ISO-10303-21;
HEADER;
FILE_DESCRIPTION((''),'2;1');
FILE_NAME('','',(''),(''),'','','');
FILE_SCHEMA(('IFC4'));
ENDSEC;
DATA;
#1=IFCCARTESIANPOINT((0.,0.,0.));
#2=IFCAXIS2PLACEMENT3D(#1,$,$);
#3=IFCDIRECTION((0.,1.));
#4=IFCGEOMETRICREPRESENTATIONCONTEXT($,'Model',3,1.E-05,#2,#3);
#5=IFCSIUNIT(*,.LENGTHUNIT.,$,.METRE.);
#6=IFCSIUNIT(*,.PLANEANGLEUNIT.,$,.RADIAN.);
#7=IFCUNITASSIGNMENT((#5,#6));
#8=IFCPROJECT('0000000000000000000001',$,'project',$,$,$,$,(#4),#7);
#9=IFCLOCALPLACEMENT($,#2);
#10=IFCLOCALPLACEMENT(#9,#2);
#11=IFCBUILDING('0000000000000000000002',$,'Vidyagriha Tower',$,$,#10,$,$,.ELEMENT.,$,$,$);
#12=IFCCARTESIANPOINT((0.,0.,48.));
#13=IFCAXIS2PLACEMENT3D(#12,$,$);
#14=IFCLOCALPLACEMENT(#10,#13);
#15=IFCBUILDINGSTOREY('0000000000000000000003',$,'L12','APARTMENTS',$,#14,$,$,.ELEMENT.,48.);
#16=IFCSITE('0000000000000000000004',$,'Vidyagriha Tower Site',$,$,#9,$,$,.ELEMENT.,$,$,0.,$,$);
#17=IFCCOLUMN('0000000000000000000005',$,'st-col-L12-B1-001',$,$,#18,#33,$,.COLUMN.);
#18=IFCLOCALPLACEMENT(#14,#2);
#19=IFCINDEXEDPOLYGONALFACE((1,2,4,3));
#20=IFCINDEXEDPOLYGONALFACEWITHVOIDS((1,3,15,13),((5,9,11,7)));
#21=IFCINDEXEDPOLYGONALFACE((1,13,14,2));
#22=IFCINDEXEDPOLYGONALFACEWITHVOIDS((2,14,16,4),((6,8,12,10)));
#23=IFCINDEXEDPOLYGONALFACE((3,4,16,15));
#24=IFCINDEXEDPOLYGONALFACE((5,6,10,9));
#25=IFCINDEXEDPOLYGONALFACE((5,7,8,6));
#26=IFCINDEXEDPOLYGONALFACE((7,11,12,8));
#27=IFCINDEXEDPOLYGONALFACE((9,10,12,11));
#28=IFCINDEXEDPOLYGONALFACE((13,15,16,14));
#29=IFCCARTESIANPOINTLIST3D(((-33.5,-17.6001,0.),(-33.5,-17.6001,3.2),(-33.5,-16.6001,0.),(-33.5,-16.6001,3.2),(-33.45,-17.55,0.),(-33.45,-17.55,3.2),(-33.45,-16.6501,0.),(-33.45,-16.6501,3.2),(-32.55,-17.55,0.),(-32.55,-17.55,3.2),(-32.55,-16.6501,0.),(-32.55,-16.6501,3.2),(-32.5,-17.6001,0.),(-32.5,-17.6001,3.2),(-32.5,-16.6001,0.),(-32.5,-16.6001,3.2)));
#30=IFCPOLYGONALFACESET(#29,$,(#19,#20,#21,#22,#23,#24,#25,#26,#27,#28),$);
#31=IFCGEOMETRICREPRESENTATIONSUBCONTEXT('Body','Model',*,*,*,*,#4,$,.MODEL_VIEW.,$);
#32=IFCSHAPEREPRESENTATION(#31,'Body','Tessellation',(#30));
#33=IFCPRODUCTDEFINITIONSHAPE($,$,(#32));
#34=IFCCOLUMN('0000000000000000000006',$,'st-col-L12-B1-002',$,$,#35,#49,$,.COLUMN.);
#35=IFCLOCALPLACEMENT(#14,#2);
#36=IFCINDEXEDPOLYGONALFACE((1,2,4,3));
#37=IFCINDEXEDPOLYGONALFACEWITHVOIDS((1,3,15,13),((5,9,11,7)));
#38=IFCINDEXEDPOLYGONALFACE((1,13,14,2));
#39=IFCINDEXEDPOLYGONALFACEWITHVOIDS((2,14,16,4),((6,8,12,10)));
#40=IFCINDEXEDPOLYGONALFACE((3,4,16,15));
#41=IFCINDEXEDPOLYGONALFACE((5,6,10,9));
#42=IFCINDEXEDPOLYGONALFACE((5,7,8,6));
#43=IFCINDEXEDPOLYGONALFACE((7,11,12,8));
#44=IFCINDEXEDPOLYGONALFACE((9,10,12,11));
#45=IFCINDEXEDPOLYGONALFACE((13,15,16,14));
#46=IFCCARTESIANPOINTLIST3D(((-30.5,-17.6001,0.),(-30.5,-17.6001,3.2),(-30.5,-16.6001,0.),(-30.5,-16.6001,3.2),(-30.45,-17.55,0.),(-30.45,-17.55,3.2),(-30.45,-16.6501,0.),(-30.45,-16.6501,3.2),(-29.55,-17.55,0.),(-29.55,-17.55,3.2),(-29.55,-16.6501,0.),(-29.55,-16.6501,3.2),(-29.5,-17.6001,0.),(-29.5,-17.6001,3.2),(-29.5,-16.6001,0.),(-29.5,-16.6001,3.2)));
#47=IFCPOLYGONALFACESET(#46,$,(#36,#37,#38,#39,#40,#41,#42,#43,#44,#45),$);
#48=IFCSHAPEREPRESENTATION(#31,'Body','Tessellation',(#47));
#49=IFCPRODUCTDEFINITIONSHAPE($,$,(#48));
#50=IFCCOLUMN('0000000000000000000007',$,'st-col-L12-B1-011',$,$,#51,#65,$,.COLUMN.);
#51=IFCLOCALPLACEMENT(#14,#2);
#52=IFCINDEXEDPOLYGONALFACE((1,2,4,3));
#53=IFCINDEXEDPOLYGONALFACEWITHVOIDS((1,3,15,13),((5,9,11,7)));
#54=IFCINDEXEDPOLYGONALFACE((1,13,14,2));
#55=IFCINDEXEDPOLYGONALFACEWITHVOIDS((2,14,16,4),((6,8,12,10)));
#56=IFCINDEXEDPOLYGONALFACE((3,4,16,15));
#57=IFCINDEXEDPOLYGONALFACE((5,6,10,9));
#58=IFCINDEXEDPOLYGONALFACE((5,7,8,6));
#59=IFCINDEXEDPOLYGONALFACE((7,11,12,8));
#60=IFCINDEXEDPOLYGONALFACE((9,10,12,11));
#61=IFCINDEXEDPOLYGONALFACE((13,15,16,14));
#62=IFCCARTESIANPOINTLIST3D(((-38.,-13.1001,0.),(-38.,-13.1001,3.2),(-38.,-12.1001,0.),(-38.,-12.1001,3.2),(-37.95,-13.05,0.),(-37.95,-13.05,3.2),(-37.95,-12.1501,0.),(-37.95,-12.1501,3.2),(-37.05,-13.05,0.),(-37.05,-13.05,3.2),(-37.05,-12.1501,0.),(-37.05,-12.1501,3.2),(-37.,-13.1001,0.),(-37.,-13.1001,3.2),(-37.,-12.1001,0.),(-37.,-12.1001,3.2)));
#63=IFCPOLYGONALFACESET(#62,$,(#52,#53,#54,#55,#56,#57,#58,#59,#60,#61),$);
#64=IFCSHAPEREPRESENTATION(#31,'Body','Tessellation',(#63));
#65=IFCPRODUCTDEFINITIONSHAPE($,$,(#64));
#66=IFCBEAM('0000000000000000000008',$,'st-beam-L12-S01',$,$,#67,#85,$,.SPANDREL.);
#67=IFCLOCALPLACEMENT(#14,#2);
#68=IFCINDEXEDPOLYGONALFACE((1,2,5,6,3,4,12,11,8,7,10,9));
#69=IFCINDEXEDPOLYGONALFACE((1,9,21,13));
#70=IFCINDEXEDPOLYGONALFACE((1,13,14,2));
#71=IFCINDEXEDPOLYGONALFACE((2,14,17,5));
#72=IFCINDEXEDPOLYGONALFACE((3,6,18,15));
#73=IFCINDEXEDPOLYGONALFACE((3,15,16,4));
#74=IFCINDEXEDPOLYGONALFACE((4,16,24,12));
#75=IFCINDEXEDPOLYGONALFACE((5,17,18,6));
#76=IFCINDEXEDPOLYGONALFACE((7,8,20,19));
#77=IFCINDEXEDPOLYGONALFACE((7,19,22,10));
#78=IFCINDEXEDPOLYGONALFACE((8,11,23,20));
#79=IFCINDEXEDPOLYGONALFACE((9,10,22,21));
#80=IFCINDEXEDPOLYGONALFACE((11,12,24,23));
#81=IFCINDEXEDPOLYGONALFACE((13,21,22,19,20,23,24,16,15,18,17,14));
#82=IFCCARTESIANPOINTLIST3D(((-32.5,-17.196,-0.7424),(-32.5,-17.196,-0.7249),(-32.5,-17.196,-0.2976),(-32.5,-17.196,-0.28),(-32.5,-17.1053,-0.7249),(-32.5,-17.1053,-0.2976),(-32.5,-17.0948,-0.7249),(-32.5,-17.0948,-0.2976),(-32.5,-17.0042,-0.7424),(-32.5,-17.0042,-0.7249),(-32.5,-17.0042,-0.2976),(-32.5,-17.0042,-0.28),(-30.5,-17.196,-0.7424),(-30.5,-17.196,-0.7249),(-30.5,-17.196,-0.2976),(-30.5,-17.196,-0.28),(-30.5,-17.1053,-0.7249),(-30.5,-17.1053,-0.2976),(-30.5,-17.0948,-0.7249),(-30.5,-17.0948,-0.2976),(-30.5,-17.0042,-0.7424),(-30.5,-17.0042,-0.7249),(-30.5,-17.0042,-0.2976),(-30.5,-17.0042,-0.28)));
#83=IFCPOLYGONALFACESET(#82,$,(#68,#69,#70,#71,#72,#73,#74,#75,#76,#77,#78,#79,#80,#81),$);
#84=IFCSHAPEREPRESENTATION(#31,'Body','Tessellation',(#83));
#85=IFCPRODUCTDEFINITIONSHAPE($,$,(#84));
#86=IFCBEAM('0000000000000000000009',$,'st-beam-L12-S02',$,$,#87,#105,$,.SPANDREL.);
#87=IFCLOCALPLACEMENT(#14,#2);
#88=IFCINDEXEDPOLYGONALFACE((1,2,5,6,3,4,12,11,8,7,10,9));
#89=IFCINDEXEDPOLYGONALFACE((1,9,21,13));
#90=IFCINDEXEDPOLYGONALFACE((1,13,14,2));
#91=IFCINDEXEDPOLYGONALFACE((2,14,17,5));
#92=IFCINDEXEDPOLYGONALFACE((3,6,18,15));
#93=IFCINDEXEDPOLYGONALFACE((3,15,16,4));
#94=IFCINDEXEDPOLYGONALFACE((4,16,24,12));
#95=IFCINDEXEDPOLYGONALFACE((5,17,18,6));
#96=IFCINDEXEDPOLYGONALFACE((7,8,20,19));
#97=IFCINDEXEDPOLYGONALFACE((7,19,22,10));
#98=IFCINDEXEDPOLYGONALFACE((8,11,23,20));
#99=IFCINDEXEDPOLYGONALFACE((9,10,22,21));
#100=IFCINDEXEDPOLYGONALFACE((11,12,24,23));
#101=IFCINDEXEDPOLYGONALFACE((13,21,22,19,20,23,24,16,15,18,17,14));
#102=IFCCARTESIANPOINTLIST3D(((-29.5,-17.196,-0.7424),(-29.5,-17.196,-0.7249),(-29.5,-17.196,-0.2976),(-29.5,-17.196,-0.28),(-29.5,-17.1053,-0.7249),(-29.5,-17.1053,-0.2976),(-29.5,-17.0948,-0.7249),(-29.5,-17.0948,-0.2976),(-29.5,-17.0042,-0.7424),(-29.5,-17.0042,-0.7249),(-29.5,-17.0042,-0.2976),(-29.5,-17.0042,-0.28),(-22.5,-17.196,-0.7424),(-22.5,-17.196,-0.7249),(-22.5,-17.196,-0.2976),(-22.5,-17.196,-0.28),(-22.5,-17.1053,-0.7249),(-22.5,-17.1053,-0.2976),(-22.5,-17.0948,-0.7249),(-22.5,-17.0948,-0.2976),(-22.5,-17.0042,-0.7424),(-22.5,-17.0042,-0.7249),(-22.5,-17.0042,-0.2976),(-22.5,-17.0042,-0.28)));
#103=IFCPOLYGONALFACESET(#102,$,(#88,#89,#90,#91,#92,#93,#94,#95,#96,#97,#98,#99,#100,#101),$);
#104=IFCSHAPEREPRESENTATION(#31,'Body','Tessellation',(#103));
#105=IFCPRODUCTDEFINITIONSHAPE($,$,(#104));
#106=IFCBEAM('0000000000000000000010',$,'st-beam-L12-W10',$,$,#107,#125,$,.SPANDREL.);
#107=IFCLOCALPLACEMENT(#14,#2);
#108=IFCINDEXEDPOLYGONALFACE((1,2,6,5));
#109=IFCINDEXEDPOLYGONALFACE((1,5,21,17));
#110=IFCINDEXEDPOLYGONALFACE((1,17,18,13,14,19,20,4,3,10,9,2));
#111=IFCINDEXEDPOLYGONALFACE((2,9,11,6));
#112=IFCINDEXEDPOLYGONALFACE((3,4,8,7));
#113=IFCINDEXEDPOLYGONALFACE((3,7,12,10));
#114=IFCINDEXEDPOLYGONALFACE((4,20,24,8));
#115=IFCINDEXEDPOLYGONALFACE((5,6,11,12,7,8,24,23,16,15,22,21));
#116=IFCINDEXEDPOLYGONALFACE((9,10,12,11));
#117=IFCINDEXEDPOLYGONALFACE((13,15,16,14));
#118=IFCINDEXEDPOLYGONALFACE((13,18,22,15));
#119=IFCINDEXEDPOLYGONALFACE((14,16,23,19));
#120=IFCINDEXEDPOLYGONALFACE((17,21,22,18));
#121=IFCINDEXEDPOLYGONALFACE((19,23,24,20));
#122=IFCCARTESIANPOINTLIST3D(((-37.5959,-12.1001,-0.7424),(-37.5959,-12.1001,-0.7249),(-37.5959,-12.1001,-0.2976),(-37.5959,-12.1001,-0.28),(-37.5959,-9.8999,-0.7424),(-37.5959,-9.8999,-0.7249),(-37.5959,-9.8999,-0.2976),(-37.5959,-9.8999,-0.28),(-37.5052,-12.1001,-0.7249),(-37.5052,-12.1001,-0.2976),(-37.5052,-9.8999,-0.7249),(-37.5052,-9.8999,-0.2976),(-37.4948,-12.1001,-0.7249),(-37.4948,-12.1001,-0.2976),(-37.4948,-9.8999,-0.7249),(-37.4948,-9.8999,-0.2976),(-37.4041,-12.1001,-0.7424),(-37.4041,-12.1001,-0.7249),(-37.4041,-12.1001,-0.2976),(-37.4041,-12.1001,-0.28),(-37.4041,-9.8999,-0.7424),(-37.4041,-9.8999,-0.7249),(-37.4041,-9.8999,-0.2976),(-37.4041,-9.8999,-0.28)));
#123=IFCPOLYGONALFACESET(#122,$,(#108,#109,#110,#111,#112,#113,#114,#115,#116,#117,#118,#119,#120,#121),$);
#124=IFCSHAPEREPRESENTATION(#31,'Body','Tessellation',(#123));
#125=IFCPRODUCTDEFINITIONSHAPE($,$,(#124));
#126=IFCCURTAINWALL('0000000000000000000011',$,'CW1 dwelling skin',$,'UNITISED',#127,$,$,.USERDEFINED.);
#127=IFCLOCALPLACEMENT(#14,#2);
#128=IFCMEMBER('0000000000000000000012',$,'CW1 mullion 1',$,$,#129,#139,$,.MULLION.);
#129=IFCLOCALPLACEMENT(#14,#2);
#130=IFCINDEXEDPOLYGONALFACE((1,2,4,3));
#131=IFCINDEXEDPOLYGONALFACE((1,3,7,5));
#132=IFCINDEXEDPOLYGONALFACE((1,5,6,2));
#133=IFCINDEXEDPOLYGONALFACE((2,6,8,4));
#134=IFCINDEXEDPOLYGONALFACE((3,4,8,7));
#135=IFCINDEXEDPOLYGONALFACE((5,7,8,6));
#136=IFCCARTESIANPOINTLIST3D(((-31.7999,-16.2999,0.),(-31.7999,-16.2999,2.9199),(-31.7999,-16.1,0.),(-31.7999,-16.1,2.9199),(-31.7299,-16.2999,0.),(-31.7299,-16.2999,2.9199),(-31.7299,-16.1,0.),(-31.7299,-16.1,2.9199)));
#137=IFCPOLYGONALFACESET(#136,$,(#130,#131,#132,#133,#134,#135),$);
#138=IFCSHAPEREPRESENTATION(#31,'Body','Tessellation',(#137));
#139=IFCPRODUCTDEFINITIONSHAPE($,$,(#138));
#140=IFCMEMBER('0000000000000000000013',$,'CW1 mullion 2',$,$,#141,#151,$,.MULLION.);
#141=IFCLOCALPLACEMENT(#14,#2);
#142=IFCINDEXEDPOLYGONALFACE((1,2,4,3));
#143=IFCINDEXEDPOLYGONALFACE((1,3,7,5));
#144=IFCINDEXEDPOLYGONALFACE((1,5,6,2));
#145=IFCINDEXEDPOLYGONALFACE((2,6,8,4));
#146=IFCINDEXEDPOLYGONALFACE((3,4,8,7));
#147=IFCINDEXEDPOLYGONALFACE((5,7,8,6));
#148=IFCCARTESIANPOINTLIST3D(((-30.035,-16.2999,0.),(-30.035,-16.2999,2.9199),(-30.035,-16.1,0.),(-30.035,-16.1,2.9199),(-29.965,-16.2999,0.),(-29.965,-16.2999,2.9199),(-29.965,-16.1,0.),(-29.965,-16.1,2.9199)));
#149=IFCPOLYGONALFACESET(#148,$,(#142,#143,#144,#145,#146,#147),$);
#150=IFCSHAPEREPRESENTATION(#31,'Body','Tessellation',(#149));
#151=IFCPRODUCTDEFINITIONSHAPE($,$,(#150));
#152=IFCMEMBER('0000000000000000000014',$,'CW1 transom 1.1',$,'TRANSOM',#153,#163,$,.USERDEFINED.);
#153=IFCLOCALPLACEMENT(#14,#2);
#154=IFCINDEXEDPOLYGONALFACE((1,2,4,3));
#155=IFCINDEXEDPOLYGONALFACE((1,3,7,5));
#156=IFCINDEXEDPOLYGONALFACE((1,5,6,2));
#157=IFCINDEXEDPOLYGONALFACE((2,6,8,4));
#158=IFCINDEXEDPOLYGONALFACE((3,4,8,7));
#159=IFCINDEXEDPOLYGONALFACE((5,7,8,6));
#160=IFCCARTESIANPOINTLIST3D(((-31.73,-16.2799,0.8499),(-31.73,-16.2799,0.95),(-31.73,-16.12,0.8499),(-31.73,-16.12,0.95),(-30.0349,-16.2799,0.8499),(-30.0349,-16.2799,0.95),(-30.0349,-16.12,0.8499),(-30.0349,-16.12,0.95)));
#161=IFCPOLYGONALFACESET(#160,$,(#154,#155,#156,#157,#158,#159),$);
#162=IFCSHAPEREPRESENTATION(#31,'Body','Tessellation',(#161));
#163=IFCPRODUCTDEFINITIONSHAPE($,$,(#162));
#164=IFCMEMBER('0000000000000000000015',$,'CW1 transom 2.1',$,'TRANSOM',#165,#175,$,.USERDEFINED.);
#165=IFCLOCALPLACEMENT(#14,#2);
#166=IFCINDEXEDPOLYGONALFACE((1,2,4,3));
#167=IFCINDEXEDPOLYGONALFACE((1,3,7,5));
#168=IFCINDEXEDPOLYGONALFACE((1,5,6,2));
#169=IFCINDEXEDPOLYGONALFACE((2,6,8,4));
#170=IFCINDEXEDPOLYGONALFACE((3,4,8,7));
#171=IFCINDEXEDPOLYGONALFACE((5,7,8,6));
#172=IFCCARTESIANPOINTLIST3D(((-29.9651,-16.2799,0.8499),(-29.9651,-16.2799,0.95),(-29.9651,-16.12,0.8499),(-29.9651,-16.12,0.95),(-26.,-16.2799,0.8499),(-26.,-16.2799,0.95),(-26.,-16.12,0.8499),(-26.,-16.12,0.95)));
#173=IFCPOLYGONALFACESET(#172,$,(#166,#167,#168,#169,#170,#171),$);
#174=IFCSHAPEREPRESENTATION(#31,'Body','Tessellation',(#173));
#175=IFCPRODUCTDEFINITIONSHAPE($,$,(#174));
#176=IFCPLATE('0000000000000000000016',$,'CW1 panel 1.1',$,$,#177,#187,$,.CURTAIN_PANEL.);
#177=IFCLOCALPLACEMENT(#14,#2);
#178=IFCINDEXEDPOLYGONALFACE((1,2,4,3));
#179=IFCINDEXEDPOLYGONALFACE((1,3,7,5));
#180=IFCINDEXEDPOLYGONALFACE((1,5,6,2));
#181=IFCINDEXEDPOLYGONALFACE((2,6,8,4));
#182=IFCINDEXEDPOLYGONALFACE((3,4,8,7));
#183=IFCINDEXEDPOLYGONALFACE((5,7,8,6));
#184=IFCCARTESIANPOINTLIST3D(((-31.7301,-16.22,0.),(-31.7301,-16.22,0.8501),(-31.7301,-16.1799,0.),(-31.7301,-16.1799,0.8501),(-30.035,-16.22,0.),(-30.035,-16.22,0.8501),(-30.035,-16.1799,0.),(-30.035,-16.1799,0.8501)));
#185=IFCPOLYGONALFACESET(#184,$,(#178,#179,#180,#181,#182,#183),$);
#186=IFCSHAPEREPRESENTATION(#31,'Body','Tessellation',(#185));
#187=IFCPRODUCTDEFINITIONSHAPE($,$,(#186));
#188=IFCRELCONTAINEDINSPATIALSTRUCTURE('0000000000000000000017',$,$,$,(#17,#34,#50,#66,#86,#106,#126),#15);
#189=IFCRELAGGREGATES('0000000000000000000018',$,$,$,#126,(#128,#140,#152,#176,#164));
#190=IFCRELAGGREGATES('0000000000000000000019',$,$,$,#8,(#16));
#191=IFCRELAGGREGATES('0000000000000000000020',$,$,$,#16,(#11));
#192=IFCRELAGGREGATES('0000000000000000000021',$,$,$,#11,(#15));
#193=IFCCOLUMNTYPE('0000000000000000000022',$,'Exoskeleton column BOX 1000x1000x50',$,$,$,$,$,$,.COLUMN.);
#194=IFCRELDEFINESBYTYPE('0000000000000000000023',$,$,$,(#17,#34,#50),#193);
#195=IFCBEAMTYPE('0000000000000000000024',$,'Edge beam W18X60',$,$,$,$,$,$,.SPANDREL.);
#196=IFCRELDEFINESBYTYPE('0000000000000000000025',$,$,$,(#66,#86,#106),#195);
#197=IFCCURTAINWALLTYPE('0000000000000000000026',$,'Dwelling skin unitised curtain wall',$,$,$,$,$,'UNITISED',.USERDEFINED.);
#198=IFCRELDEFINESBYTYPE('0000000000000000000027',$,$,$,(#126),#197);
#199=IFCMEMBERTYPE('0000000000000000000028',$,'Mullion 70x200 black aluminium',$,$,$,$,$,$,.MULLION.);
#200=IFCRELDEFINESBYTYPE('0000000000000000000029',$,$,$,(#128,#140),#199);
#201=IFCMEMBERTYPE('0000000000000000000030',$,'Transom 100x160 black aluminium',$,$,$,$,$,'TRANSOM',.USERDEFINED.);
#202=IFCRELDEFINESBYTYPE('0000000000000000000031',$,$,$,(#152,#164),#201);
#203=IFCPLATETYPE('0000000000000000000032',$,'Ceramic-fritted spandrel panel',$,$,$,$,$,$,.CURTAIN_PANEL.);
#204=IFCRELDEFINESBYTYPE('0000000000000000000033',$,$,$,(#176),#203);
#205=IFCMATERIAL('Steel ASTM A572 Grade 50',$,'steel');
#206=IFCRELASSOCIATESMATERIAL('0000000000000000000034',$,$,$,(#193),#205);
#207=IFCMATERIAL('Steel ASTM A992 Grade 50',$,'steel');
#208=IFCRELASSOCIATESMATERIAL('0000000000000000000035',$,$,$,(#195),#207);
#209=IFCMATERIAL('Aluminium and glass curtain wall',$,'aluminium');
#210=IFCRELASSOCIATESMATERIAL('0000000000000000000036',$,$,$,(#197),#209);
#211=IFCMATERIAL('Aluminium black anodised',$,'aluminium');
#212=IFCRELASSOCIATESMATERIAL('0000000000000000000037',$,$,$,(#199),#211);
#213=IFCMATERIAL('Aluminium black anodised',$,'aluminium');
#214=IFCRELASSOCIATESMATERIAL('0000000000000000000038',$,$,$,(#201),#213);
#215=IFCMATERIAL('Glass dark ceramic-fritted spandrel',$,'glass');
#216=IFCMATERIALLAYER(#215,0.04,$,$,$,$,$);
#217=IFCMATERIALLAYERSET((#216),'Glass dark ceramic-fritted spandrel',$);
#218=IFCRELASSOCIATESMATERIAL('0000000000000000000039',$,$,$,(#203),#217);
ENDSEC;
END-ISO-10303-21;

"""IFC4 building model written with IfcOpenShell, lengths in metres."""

from ifc_helpers import new_model, si_unit, direction, frame, origin, origin_2d, place, context, subcontext, project, spatial, rectangle, hollow_rectangle, i_section, extrude, material, layer, layer_set, material_profile, profile_set, type_object, element, aggregate, save


model = new_model("IFC4")

# Units and contexts
model_context = context("Model", 3, precision=1e-05, world=origin(), true_north=direction((0.0, 1.0)))
body_context = subcontext(model_context, "Body", "Model", "MODEL_VIEW")
ifc_project = project(units=[si_unit("LENGTHUNIT", "METRE"), si_unit("PLANEANGLEUNIT", "RADIAN")], contexts=[model_context])

# Site, building, storey
site_placement = place(None, origin())
site = spatial("IfcSite", under=ifc_project, at=site_placement, Name="Vidyagriha Tower Site", CompositionType="ELEMENT", RefElevation=0.0)
building_placement = place(site_placement, origin())
building = spatial("IfcBuilding", under=site, at=building_placement, Name="Vidyagriha Tower", CompositionType="ELEMENT")
storey_placement = place(building_placement, frame((0.0, 0.0, 48.0)))
storey = spatial("IfcBuildingStorey", under=building, at=storey_placement, Name="L12", Description="APARTMENTS", CompositionType="ELEMENT", Elevation=48.0)

# Columns
ifc_material_1 = material(Name="Steel ASTM A572 Grade 50", Category="steel")
ifc_material_profile_1 = material_profile(ifc_material_1, hollow_rectangle(XDim=1.0, YDim=1.0, WallThickness=0.05, at=origin_2d()), Name="BOX 1000x1000x50")
ifc_profile_set_1 = profile_set([ifc_material_profile_1], Name="Steel ASTM A572 Grade 50")
column_type = type_object("IfcColumnType", Name="Exoskeleton column BOX 1000x1000x50", PredefinedType="COLUMN", material=ifc_profile_set_1)
for number, where, name in (
    (1, (-33.0, -17.1001, 0.0), "st-col-L12-B1-001"),
    (2, (-30.0, -17.1001, 0.0), "st-col-L12-B1-002"),
    (3, (-37.5, -12.6001, 0.0), "st-col-L12-B1-011"),
):
    element("IfcColumn", number, at=place(storey_placement, frame(where)), inside=storey, type_object=column_type, Name=name, PredefinedType="COLUMN", context=body_context, shape_type="SweptSolid", body=[
        extrude(hollow_rectangle(XDim=1.0, YDim=1.0, WallThickness=0.05, at=origin_2d()), origin(), (0.0, 0.0, 1.0), 3.2),
    ])

# Beams
ifc_material_2 = material(Name="Steel ASTM A992 Grade 50", Category="steel")
ifc_material_profile_2 = material_profile(ifc_material_2, i_section(OverallWidth=0.1919, OverallDepth=0.4624, WebThickness=0.0105, FlangeThickness=0.0176, at=origin_2d()), Name="W18X60")
ifc_profile_set_2 = profile_set([ifc_material_profile_2], Name="Steel ASTM A992 Grade 50")
beam_type = type_object("IfcBeamType", Name="Edge beam W18X60", PredefinedType="SPANDREL", material=ifc_profile_set_2)
beam_1_placement = place(storey_placement, frame((-32.5, -17.1001, -0.5112), z_axis=(1.0, 0.0, 0.0), x_axis=(0.0, 1.0, 0.0)))
element("IfcBeam", 4, at=beam_1_placement, inside=storey, type_object=beam_type, Name="st-beam-L12-S01", PredefinedType="SPANDREL", context=body_context, shape_type="SweptSolid", body=[
    extrude(i_section(OverallWidth=0.1919, OverallDepth=0.4624, WebThickness=0.0105, FlangeThickness=0.0176, at=origin_2d()), origin(), (0.0, 0.0, 1.0), 2.0),
])
beam_2_placement = place(storey_placement, frame((-29.5, -17.1001, -0.5112), z_axis=(1.0, 0.0, 0.0), x_axis=(0.0, 1.0, 0.0)))
element("IfcBeam", 5, at=beam_2_placement, inside=storey, type_object=beam_type, Name="st-beam-L12-S02", PredefinedType="SPANDREL", context=body_context, shape_type="SweptSolid", body=[
    extrude(i_section(OverallWidth=0.1919, OverallDepth=0.4624, WebThickness=0.0105, FlangeThickness=0.0176, at=origin_2d()), origin(), (0.0, 0.0, 1.0), 7.0),
])
beam_3_placement = place(storey_placement, frame((-37.5, -12.1001, -0.5112), z_axis=(0.0, 1.0, 0.0), x_axis=(-1.0, 0.0, 0.0)))
element("IfcBeam", 6, at=beam_3_placement, inside=storey, type_object=beam_type, Name="st-beam-L12-W10", PredefinedType="SPANDREL", context=body_context, shape_type="SweptSolid", body=[
    extrude(i_section(OverallWidth=0.1919, OverallDepth=0.4624, WebThickness=0.0105, FlangeThickness=0.0176, at=origin_2d()), origin(), (0.0, 0.0, 1.0), 2.2002),
])

# Curtain wall, members, plate
ifc_material_3 = material(Name="Aluminium and glass curtain wall", Category="aluminium")
curtain_wall_type = type_object("IfcCurtainWallType", Name="Dwelling skin unitised curtain wall", ElementType="UNITISED", PredefinedType="USERDEFINED", material=ifc_material_3)
curtain_wall_placement = place(storey_placement, origin())
curtain_wall = element("IfcCurtainWall", 7, at=curtain_wall_placement, inside=storey, type_object=curtain_wall_type, Name="CW1 dwelling skin", ObjectType="UNITISED", PredefinedType="USERDEFINED")
ifc_material_4 = material(Name="Aluminium black anodised", Category="aluminium")
ifc_material_profile_3 = material_profile(ifc_material_4, rectangle(XDim=0.2, YDim=0.0701, at=origin_2d()), Name="Mullion 70x200 black aluminium")
ifc_profile_set_3 = profile_set([ifc_material_profile_3], Name="Aluminium black anodised")
member_type_1 = type_object("IfcMemberType", Name="Mullion 70x200 black aluminium", PredefinedType="MULLION", material=ifc_profile_set_3)
member_1_placement = place(storey_placement, frame((-31.7649, -16.2, 0.0), z_axis=(0.0, 0.0, 1.0), x_axis=(0.0, 1.0, 0.0)))
member_1 = element("IfcMember", 8, at=member_1_placement, type_object=member_type_1, Name="CW1 mullion 1", PredefinedType="MULLION", context=body_context, shape_type="SweptSolid", body=[
    extrude(rectangle(XDim=0.2, YDim=0.0701, at=origin_2d()), origin(), (0.0, 0.0, 1.0), 2.9199),
])
member_2_placement = place(storey_placement, frame((-30.0, -16.2, 0.0), z_axis=(0.0, 0.0, 1.0), x_axis=(0.0, 1.0, 0.0)))
member_2 = element("IfcMember", 9, at=member_2_placement, type_object=member_type_1, Name="CW1 mullion 2", PredefinedType="MULLION", context=body_context, shape_type="SweptSolid", body=[
    extrude(rectangle(XDim=0.2, YDim=0.0701, at=origin_2d()), origin(), (0.0, 0.0, 1.0), 2.9199),
])
ifc_material_5 = material(Name="Aluminium black anodised", Category="aluminium")
ifc_material_profile_4 = material_profile(ifc_material_5, rectangle(XDim=0.1599, YDim=0.1001, at=origin_2d()), Name="Transom 100x160 black aluminium")
ifc_profile_set_4 = profile_set([ifc_material_profile_4], Name="Aluminium black anodised")
member_type_2 = type_object("IfcMemberType", Name="Transom 100x160 black aluminium", ElementType="TRANSOM", PredefinedType="USERDEFINED", material=ifc_profile_set_4)
member_3_placement = place(storey_placement, frame((-31.73, -16.2, 0.8999), z_axis=(1.0, 0.0, 0.0), x_axis=(0.0, 1.0, 0.0)))
member_3 = element("IfcMember", 10, at=member_3_placement, type_object=member_type_2, Name="CW1 transom 1.1", ObjectType="TRANSOM", PredefinedType="USERDEFINED", context=body_context, shape_type="SweptSolid", body=[
    extrude(rectangle(XDim=0.1599, YDim=0.1001, at=origin_2d()), origin(), (0.0, 0.0, 1.0), 1.6951),
])
member_4_placement = place(storey_placement, frame((-29.9651, -16.2, 0.8999), z_axis=(1.0, 0.0, 0.0), x_axis=(0.0, 1.0, 0.0)))
member_4 = element("IfcMember", 11, at=member_4_placement, type_object=member_type_2, Name="CW1 transom 2.1", ObjectType="TRANSOM", PredefinedType="USERDEFINED", context=body_context, shape_type="SweptSolid", body=[
    extrude(rectangle(XDim=0.1599, YDim=0.1001, at=origin_2d()), origin(), (0.0, 0.0, 1.0), 3.9651),
])
ifc_material_6 = material(Name="Glass dark ceramic-fritted spandrel", Category="glass")
ifc_layer_1 = layer(ifc_material_6, 0.04)
ifc_layer_set_1 = layer_set([ifc_layer_1], Name="Glass dark ceramic-fritted spandrel")
plate_type_1 = type_object("IfcPlateType", Name="Ceramic-fritted spandrel panel", PredefinedType="CURTAIN_PANEL", material=ifc_layer_set_1)
plate_1_placement = place(storey_placement, frame((-30.8826, -16.2, 0.0)))
plate_1 = element("IfcPlate", 12, at=plate_1_placement, type_object=plate_type_1, Name="CW1 panel 1.1", PredefinedType="CURTAIN_PANEL", context=body_context, shape_type="SweptSolid", body=[
    extrude(rectangle(XDim=1.6951, YDim=0.04, at=origin_2d()), origin(), (0.0, 0.0, 1.0), 0.8501),
])
aggregate(curtain_wall, [member_1, member_2, member_3, plate_1, member_4])

save(model, "model.ifc")
